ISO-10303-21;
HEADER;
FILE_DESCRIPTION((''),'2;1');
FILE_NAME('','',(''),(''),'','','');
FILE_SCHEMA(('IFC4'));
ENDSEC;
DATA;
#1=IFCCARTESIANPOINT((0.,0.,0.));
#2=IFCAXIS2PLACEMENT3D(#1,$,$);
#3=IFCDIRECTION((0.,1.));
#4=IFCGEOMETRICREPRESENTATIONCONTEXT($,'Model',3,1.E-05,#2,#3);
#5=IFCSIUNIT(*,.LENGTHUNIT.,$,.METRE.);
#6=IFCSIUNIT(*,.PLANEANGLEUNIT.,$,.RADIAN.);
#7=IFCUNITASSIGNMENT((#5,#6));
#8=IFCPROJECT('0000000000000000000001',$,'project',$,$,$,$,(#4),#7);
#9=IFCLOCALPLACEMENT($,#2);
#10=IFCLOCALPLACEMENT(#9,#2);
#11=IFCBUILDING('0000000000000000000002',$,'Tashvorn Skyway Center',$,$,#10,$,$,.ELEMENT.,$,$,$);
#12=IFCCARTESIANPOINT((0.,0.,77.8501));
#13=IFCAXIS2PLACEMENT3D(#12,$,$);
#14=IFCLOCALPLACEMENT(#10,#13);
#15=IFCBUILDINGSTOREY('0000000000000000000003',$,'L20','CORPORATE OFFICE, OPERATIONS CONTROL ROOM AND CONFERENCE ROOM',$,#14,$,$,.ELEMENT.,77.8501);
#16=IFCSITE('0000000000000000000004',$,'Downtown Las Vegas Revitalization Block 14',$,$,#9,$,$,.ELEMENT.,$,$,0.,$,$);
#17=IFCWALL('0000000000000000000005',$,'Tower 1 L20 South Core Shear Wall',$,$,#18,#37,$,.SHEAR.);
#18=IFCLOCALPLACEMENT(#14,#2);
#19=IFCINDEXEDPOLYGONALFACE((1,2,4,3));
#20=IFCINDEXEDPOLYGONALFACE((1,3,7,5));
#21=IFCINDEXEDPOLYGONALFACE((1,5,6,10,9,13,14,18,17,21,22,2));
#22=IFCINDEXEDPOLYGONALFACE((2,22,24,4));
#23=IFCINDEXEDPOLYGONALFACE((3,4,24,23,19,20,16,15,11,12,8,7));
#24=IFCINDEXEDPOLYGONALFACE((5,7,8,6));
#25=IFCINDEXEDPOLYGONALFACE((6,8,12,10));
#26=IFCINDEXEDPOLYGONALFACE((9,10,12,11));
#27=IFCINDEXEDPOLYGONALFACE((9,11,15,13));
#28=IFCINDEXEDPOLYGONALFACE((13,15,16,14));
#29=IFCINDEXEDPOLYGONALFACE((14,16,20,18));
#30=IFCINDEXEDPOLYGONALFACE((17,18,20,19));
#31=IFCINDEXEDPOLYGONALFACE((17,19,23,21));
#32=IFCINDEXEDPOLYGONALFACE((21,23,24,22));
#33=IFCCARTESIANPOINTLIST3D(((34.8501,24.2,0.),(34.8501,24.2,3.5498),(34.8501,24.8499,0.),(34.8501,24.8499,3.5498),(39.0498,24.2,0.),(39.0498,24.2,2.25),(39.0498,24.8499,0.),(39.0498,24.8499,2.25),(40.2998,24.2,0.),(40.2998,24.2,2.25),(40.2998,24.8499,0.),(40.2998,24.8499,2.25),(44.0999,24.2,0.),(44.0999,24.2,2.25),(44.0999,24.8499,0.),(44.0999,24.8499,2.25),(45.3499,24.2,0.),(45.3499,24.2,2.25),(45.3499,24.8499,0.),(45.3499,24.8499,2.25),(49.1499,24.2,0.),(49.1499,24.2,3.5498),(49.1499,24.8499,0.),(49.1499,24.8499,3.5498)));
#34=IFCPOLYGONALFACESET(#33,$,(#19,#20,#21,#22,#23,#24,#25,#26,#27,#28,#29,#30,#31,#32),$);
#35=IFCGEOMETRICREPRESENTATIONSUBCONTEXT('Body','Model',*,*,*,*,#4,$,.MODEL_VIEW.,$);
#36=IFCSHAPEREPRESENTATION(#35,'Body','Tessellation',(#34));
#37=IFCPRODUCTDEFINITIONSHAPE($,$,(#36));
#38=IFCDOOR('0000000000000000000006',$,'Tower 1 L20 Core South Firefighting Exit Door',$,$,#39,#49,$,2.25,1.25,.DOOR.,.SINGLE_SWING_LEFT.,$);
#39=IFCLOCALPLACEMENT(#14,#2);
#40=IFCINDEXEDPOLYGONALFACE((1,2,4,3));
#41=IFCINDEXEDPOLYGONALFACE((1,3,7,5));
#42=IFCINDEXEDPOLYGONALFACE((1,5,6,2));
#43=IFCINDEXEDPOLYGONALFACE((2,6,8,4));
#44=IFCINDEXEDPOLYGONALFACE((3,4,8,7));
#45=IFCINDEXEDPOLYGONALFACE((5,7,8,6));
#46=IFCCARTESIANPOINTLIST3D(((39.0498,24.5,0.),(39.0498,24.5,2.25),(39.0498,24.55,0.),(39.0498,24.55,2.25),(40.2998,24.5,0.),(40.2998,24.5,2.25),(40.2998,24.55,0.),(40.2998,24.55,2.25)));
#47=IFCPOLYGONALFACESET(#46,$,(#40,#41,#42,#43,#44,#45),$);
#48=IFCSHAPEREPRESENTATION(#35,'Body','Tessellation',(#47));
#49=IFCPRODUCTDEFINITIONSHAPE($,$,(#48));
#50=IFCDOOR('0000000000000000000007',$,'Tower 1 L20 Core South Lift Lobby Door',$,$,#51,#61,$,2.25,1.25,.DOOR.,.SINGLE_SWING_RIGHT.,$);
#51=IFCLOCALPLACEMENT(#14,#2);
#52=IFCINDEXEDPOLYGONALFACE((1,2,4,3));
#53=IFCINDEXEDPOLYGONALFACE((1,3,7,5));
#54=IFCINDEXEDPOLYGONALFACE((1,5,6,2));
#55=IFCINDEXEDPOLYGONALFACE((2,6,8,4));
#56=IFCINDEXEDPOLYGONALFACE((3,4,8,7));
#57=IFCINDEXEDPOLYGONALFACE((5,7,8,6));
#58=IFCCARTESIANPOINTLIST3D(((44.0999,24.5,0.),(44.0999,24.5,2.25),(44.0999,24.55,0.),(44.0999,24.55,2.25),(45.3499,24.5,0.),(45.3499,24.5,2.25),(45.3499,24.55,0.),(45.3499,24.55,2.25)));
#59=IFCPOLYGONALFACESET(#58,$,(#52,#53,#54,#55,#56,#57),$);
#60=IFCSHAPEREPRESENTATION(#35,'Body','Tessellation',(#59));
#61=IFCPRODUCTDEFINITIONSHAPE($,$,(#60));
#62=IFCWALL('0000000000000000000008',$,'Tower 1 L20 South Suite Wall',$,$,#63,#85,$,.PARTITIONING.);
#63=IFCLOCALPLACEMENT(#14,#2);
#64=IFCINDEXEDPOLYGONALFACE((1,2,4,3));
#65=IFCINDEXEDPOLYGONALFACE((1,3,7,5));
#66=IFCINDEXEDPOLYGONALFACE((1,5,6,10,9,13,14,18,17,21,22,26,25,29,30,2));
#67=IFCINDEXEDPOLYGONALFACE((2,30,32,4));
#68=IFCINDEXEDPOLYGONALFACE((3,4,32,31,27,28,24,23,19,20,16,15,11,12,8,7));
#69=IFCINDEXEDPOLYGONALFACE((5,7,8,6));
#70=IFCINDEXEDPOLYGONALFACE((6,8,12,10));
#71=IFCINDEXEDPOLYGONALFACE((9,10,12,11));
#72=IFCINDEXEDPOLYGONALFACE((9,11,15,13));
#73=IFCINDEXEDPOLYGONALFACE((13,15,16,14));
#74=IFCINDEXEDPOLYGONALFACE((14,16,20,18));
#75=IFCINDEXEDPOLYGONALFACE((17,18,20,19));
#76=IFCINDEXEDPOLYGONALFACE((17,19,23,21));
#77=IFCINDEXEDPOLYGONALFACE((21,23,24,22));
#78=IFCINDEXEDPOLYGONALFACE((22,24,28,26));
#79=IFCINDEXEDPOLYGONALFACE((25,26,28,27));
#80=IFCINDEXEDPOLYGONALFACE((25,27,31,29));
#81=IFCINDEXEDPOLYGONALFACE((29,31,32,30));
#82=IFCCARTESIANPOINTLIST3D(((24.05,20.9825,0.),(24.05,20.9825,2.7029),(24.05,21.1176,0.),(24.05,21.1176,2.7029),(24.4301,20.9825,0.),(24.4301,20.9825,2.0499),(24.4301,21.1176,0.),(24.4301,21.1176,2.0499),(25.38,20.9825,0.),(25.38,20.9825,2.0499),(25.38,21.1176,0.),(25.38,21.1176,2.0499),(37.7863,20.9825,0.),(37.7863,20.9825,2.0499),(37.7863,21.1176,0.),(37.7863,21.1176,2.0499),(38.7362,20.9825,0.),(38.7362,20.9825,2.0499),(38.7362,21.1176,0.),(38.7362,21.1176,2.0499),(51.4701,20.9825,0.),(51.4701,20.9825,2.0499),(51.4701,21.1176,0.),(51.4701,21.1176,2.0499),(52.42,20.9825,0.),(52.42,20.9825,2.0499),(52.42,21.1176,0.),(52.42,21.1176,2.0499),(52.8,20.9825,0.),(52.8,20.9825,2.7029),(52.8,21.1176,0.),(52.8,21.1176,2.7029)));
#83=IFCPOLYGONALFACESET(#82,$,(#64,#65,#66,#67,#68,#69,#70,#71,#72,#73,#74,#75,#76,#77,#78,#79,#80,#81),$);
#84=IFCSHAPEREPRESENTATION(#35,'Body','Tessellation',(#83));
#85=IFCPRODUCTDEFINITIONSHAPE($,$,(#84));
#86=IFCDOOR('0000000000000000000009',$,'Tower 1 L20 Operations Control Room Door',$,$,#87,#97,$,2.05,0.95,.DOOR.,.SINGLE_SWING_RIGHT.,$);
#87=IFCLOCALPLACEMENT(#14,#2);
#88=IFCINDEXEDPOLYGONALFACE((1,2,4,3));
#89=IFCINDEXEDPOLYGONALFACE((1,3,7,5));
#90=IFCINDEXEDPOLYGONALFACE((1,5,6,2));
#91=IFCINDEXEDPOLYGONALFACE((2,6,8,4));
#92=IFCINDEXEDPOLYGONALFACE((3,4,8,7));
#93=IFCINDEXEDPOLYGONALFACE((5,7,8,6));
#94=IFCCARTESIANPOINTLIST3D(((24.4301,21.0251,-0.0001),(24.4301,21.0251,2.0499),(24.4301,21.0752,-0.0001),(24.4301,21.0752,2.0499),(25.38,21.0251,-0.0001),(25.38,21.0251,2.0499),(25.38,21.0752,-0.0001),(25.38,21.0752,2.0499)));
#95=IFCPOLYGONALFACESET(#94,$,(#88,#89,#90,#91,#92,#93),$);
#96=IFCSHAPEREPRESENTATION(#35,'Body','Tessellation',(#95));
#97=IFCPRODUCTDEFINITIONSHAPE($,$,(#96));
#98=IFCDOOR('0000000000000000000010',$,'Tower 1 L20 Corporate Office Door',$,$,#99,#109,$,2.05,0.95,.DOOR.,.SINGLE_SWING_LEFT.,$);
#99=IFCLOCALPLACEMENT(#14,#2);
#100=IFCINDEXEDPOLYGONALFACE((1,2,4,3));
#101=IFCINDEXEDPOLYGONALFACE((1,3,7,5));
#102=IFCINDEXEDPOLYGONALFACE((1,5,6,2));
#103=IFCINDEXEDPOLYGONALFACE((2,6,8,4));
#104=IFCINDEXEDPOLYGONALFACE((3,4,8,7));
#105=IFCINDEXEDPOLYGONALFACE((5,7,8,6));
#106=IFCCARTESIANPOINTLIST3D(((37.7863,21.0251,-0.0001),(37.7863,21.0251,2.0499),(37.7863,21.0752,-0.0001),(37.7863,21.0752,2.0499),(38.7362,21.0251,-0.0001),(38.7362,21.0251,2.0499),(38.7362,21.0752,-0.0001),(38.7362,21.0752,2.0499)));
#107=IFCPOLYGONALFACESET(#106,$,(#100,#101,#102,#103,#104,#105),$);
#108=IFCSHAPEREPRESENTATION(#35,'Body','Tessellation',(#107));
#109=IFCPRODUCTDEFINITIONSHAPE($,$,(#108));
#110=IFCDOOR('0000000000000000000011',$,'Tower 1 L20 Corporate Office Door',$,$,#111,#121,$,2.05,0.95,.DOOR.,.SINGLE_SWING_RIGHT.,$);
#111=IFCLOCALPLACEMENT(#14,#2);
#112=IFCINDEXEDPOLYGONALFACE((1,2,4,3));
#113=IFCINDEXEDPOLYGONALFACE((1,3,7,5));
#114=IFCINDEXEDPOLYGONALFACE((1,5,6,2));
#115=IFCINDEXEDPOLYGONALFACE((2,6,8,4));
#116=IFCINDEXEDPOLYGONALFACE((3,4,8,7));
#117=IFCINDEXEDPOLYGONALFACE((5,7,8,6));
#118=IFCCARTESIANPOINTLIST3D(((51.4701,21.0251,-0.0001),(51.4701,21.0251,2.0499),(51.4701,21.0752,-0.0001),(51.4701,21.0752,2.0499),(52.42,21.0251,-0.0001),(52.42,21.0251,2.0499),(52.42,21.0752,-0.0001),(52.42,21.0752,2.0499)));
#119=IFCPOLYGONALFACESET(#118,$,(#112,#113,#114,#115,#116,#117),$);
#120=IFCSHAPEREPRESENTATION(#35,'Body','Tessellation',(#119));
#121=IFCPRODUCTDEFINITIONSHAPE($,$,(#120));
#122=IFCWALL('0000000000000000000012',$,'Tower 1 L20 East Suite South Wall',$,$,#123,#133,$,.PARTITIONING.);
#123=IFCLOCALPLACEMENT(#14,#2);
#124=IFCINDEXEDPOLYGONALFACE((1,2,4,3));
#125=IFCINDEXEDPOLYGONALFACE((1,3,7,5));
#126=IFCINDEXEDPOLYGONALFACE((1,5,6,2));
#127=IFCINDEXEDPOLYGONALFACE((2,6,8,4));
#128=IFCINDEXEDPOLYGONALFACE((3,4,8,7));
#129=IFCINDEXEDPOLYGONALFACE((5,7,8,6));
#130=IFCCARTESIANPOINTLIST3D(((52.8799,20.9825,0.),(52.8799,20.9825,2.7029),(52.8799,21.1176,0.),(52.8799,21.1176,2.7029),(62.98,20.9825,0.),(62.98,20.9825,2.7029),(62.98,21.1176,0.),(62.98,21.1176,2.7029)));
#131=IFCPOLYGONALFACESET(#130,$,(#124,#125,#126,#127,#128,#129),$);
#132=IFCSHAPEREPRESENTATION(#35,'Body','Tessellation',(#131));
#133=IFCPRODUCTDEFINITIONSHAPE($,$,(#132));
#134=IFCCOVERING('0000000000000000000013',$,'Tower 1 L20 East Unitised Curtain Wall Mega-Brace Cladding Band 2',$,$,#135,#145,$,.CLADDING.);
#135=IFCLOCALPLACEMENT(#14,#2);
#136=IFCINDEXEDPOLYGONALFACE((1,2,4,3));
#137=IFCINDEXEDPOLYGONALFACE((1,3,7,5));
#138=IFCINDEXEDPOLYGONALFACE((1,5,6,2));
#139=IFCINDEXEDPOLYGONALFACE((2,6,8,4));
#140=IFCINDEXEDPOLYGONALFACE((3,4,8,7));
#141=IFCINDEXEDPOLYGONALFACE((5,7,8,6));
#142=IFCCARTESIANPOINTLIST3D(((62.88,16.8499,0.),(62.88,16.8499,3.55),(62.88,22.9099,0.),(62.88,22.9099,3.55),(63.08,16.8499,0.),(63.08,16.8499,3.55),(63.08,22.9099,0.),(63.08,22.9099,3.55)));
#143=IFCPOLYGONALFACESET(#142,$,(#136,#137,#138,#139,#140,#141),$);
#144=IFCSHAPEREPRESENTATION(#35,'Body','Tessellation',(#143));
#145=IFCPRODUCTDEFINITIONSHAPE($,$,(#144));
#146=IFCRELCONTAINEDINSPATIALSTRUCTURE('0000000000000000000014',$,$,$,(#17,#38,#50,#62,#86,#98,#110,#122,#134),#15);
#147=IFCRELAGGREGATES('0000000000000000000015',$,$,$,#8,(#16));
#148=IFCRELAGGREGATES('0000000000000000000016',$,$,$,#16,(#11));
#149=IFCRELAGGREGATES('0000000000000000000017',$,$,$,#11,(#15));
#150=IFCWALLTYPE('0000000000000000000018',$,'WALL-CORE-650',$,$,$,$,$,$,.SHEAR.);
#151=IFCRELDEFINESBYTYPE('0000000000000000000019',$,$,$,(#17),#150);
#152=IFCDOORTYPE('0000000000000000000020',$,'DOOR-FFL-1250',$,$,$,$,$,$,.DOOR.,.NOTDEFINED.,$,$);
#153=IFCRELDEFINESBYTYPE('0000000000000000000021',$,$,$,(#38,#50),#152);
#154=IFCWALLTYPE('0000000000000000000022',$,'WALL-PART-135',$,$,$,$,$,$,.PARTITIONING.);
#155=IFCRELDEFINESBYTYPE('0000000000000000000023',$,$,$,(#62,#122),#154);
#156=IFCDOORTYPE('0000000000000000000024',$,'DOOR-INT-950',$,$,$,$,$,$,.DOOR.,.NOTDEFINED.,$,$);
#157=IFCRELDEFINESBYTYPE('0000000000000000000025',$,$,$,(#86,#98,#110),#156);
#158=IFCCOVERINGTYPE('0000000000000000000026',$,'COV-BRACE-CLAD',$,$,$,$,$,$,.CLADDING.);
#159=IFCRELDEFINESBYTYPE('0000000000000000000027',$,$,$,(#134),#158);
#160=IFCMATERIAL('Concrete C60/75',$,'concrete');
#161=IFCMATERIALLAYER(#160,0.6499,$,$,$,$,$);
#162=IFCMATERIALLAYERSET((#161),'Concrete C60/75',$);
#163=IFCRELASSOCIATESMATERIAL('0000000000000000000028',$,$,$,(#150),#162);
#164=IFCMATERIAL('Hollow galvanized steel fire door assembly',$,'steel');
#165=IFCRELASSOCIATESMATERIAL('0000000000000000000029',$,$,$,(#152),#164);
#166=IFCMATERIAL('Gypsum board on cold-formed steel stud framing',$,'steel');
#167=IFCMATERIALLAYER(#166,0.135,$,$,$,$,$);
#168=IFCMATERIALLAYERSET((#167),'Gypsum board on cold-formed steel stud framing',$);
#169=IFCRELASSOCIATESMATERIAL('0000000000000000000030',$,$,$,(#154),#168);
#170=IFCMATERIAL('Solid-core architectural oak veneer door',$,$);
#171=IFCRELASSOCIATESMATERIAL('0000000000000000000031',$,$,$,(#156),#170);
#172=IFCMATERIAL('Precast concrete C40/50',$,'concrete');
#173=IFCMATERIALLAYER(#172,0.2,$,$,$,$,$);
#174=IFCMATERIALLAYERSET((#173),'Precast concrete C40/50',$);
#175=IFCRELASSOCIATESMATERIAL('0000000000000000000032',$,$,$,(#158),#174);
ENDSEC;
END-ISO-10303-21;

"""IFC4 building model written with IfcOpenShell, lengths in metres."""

from ifc_helpers import new_model, si_unit, direction, frame, frame_2d, origin, origin_2d, place, context, subcontext, project, spatial, rectangle, extrude, material, layer, layer_set, type_object, element, fill, save


model = new_model("IFC4")

# Units and contexts
model_context = context("Model", 3, precision=1e-05, world=origin(), true_north=direction((0.0, 1.0)))
body_context = subcontext(model_context, "Body", "Model", "MODEL_VIEW")
ifc_project = project(units=[si_unit("LENGTHUNIT", "METRE"), si_unit("PLANEANGLEUNIT", "RADIAN")], contexts=[model_context])

# Site, building, storey
site_placement = place(None, origin())
site = spatial("IfcSite", under=ifc_project, at=site_placement, Name="Downtown Las Vegas Revitalization Block 14", CompositionType="ELEMENT", RefElevation=0.0)
building_placement = place(site_placement, origin())
building = spatial("IfcBuilding", under=site, at=building_placement, Name="Tashvorn Skyway Center", CompositionType="ELEMENT")
storey_placement = place(building_placement, frame((0.0, 0.0, 77.8501)))
storey = spatial("IfcBuildingStorey", under=building, at=storey_placement, Name="L20", Description="CORPORATE OFFICE, OPERATIONS CONTROL ROOM AND CONFERENCE ROOM", CompositionType="ELEMENT", Elevation=77.8501)

# Walls, openings, doors
ifc_material_1 = material(Name="Concrete C60/75", Category="concrete")
ifc_layer_1 = layer(ifc_material_1, 0.6499)
ifc_layer_set_1 = layer_set([ifc_layer_1], Name="Concrete C60/75")
wall_type_1 = type_object("IfcWallType", Name="WALL-CORE-650", PredefinedType="SHEAR", material=ifc_layer_set_1)
wall_1_placement = place(storey_placement, frame((49.1499, 24.5249, 0.0), z_axis=(0.0, 0.0, 1.0), x_axis=(-1.0, 0.0, 0.0)))
wall_1 = element("IfcWall", 1, at=wall_1_placement, inside=storey, type_object=wall_type_1, Name="Tower 1 L20 South Core Shear Wall", PredefinedType="SHEAR", context=body_context, shape_type="SweptSolid", body=[
    extrude(rectangle(XDim=14.2998, YDim=0.6499, at=frame_2d((7.1499, 0.0))), origin(), (0.0, 0.0, 1.0), 3.5498),
])
opening_1_placement = place(wall_1_placement, frame((8.8501, 0.0, 0.0)))
opening_1 = element("IfcOpeningElement", 2, at=opening_1_placement, cuts=wall_1, PredefinedType="OPENING", context=body_context, shape_type="SweptSolid", body=[
    extrude(rectangle(XDim=1.25, YDim=2.25, at=frame_2d((0.625, 1.125))), frame((0.0, 0.335, 0.0), z_axis=(0.0, -1.0, 0.0), x_axis=(1.0, 0.0, 0.0)), (0.0, 0.0, 1.0), 0.6699),
])
opening_2_placement = place(wall_1_placement, frame((3.8, 0.0, 0.0)))
opening_2 = element("IfcOpeningElement", 3, at=opening_2_placement, cuts=wall_1, PredefinedType="OPENING", context=body_context, shape_type="SweptSolid", body=[
    extrude(rectangle(XDim=1.25, YDim=2.25, at=frame_2d((0.625, 1.125))), frame((0.0, 0.335, 0.0), z_axis=(0.0, -1.0, 0.0), x_axis=(1.0, 0.0, 0.0)), (0.0, 0.0, 1.0), 0.6699),
])
ifc_material_2 = material(Name="Hollow galvanized steel fire door assembly", Category="steel")
door_type_1 = type_object("IfcDoorType", Name="DOOR-FFL-1250", OperationType="NOTDEFINED", PredefinedType="DOOR", material=ifc_material_2)
door_1_placement = place(opening_1_placement, origin())
door_1 = element("IfcDoor", 4, at=door_1_placement, inside=storey, type_object=door_type_1, Name="Tower 1 L20 Core South Firefighting Exit Door", OperationType="SINGLE_SWING_LEFT", OverallHeight=2.25, OverallWidth=1.25, PredefinedType="DOOR", context=body_context, shape_type="SweptSolid", body=[
    extrude(rectangle(XDim=1.25, YDim=2.25, at=frame_2d((0.625, 1.125))), frame((0.0, 0.0249, 0.0), z_axis=(0.0, -1.0, 0.0), x_axis=(1.0, 0.0, 0.0)), (0.0, 0.0, 1.0), 0.05),
])
fill(opening_1, door_1)
door_2_placement = place(opening_2_placement, origin())
door_2 = element("IfcDoor", 5, at=door_2_placement, inside=storey, type_object=door_type_1, Name="Tower 1 L20 Core South Lift Lobby Door", OperationType="SINGLE_SWING_RIGHT", OverallHeight=2.25, OverallWidth=1.25, PredefinedType="DOOR", context=body_context, shape_type="SweptSolid", body=[
    extrude(rectangle(XDim=1.25, YDim=2.25, at=frame_2d((0.625, 1.125))), frame((0.0, 0.0249, 0.0), z_axis=(0.0, -1.0, 0.0), x_axis=(1.0, 0.0, 0.0)), (0.0, 0.0, 1.0), 0.05),
])
fill(opening_2, door_2)
ifc_material_3 = material(Name="Gypsum board on cold-formed steel stud framing", Category="steel")
ifc_layer_2 = layer(ifc_material_3, 0.135)
ifc_layer_set_2 = layer_set([ifc_layer_2], Name="Gypsum board on cold-formed steel stud framing")
wall_type_2 = type_object("IfcWallType", Name="WALL-PART-135", PredefinedType="PARTITIONING", material=ifc_layer_set_2)
wall_2_placement = place(storey_placement, frame((52.8, 21.05, 0.0), z_axis=(0.0, 0.0, 1.0), x_axis=(-1.0, 0.0, 0.0)))
wall_2 = element("IfcWall", 6, at=wall_2_placement, inside=storey, type_object=wall_type_2, Name="Tower 1 L20 South Suite Wall", PredefinedType="PARTITIONING", context=body_context, shape_type="SweptSolid", body=[
    extrude(rectangle(XDim=28.75, YDim=0.135, at=frame_2d((14.375, 0.0))), origin(), (0.0, 0.0, 1.0), 2.7029),
])
opening_3_placement = place(wall_2_placement, frame((27.4199, 0.0, 0.0)))
opening_3 = element("IfcOpeningElement", 7, at=opening_3_placement, cuts=wall_2, PredefinedType="OPENING", context=body_context, shape_type="SweptSolid", body=[
    extrude(rectangle(XDim=0.95, YDim=2.05, at=frame_2d((0.4751, 1.0249))), frame((0.0, 0.0774, 0.0), z_axis=(0.0, -1.0, 0.0), x_axis=(1.0, 0.0, 0.0)), (0.0, 0.0, 1.0), 0.155),
])
opening_4_placement = place(wall_2_placement, frame((14.0637, 0.0, 0.0)))
opening_4 = element("IfcOpeningElement", 8, at=opening_4_placement, cuts=wall_2, PredefinedType="OPENING", context=body_context, shape_type="SweptSolid", body=[
    extrude(rectangle(XDim=0.95, YDim=2.05, at=frame_2d((0.4751, 1.0249))), frame((0.0, 0.0774, 0.0), z_axis=(0.0, -1.0, 0.0), x_axis=(1.0, 0.0, 0.0)), (0.0, 0.0, 1.0), 0.155),
])
opening_5_placement = place(wall_2_placement, frame((0.3799, 0.0, 0.0)))
opening_5 = element("IfcOpeningElement", 9, at=opening_5_placement, cuts=wall_2, PredefinedType="OPENING", context=body_context, shape_type="SweptSolid", body=[
    extrude(rectangle(XDim=0.95, YDim=2.05, at=frame_2d((0.4751, 1.0249))), frame((0.0, 0.0774, 0.0), z_axis=(0.0, -1.0, 0.0), x_axis=(1.0, 0.0, 0.0)), (0.0, 0.0, 1.0), 0.155),
])
ifc_material_4 = material(Name="Solid-core architectural oak veneer door")
door_type_2 = type_object("IfcDoorType", Name="DOOR-INT-950", OperationType="NOTDEFINED", PredefinedType="DOOR", material=ifc_material_4)
door_3_placement = place(opening_3_placement, origin())
door_3 = element("IfcDoor", 10, at=door_3_placement, inside=storey, type_object=door_type_2, Name="Tower 1 L20 Operations Control Room Door", OperationType="SINGLE_SWING_RIGHT", OverallHeight=2.05, OverallWidth=0.95, PredefinedType="DOOR", context=body_context, shape_type="SweptSolid", body=[
    extrude(rectangle(XDim=0.95, YDim=2.05, at=frame_2d((0.4751, 1.0249))), frame((0.0, 0.0249, 0.0), z_axis=(0.0, -1.0, 0.0), x_axis=(1.0, 0.0, 0.0)), (0.0, 0.0, 1.0), 0.05),
])
fill(opening_3, door_3)
door_4_placement = place(opening_4_placement, origin())
door_4 = element("IfcDoor", 11, at=door_4_placement, inside=storey, type_object=door_type_2, Name="Tower 1 L20 Corporate Office Door", OperationType="SINGLE_SWING_LEFT", OverallHeight=2.05, OverallWidth=0.95, PredefinedType="DOOR", context=body_context, shape_type="SweptSolid", body=[
    extrude(rectangle(XDim=0.95, YDim=2.05, at=frame_2d((0.4751, 1.0249))), frame((0.0, 0.0249, 0.0), z_axis=(0.0, -1.0, 0.0), x_axis=(1.0, 0.0, 0.0)), (0.0, 0.0, 1.0), 0.05),
])
fill(opening_4, door_4)
door_5_placement = place(opening_5_placement, origin())
door_5 = element("IfcDoor", 12, at=door_5_placement, inside=storey, type_object=door_type_2, Name="Tower 1 L20 Corporate Office Door", OperationType="SINGLE_SWING_RIGHT", OverallHeight=2.05, OverallWidth=0.95, PredefinedType="DOOR", context=body_context, shape_type="SweptSolid", body=[
    extrude(rectangle(XDim=0.95, YDim=2.05, at=frame_2d((0.4751, 1.0249))), frame((0.0, 0.0249, 0.0), z_axis=(0.0, -1.0, 0.0), x_axis=(1.0, 0.0, 0.0)), (0.0, 0.0, 1.0), 0.05),
])
fill(opening_5, door_5)

# Wall
wall_3_placement = place(storey_placement, frame((52.8799, 21.05, 0.0), z_axis=(0.0, 0.0, 1.0), x_axis=(1.0, 0.0, 0.0)))
element("IfcWall", 13, at=wall_3_placement, inside=storey, type_object=wall_type_2, Name="Tower 1 L20 East Suite South Wall", PredefinedType="PARTITIONING", context=body_context, shape_type="SweptSolid", body=[
    extrude(rectangle(XDim=10.1001, YDim=0.135, at=frame_2d((5.05, 0.0))), origin(), (0.0, 0.0, 1.0), 2.7029),
])

# Covering
ifc_material_5 = material(Name="Precast concrete C40/50", Category="concrete")
ifc_layer_3 = layer(ifc_material_5, 0.2)
ifc_layer_set_3 = layer_set([ifc_layer_3], Name="Precast concrete C40/50")
covering_type = type_object("IfcCoveringType", Name="COV-BRACE-CLAD", PredefinedType="CLADDING", material=ifc_layer_set_3)
covering_placement = place(storey_placement, frame((62.98, 19.8799, 0.0), z_axis=(0.0, 0.0, 1.0), x_axis=(0.0, -1.0, 0.0)))
element("IfcCovering", 14, at=covering_placement, inside=storey, type_object=covering_type, Name="Tower 1 L20 East Unitised Curtain Wall Mega-Brace Cladding Band 2", PredefinedType="CLADDING", context=body_context, shape_type="SweptSolid", body=[
    extrude(rectangle(XDim=6.0601, YDim=0.2, at=origin_2d()), origin(), (0.0, 0.0, 1.0), 3.55),
])

save(model, "model.ifc")
